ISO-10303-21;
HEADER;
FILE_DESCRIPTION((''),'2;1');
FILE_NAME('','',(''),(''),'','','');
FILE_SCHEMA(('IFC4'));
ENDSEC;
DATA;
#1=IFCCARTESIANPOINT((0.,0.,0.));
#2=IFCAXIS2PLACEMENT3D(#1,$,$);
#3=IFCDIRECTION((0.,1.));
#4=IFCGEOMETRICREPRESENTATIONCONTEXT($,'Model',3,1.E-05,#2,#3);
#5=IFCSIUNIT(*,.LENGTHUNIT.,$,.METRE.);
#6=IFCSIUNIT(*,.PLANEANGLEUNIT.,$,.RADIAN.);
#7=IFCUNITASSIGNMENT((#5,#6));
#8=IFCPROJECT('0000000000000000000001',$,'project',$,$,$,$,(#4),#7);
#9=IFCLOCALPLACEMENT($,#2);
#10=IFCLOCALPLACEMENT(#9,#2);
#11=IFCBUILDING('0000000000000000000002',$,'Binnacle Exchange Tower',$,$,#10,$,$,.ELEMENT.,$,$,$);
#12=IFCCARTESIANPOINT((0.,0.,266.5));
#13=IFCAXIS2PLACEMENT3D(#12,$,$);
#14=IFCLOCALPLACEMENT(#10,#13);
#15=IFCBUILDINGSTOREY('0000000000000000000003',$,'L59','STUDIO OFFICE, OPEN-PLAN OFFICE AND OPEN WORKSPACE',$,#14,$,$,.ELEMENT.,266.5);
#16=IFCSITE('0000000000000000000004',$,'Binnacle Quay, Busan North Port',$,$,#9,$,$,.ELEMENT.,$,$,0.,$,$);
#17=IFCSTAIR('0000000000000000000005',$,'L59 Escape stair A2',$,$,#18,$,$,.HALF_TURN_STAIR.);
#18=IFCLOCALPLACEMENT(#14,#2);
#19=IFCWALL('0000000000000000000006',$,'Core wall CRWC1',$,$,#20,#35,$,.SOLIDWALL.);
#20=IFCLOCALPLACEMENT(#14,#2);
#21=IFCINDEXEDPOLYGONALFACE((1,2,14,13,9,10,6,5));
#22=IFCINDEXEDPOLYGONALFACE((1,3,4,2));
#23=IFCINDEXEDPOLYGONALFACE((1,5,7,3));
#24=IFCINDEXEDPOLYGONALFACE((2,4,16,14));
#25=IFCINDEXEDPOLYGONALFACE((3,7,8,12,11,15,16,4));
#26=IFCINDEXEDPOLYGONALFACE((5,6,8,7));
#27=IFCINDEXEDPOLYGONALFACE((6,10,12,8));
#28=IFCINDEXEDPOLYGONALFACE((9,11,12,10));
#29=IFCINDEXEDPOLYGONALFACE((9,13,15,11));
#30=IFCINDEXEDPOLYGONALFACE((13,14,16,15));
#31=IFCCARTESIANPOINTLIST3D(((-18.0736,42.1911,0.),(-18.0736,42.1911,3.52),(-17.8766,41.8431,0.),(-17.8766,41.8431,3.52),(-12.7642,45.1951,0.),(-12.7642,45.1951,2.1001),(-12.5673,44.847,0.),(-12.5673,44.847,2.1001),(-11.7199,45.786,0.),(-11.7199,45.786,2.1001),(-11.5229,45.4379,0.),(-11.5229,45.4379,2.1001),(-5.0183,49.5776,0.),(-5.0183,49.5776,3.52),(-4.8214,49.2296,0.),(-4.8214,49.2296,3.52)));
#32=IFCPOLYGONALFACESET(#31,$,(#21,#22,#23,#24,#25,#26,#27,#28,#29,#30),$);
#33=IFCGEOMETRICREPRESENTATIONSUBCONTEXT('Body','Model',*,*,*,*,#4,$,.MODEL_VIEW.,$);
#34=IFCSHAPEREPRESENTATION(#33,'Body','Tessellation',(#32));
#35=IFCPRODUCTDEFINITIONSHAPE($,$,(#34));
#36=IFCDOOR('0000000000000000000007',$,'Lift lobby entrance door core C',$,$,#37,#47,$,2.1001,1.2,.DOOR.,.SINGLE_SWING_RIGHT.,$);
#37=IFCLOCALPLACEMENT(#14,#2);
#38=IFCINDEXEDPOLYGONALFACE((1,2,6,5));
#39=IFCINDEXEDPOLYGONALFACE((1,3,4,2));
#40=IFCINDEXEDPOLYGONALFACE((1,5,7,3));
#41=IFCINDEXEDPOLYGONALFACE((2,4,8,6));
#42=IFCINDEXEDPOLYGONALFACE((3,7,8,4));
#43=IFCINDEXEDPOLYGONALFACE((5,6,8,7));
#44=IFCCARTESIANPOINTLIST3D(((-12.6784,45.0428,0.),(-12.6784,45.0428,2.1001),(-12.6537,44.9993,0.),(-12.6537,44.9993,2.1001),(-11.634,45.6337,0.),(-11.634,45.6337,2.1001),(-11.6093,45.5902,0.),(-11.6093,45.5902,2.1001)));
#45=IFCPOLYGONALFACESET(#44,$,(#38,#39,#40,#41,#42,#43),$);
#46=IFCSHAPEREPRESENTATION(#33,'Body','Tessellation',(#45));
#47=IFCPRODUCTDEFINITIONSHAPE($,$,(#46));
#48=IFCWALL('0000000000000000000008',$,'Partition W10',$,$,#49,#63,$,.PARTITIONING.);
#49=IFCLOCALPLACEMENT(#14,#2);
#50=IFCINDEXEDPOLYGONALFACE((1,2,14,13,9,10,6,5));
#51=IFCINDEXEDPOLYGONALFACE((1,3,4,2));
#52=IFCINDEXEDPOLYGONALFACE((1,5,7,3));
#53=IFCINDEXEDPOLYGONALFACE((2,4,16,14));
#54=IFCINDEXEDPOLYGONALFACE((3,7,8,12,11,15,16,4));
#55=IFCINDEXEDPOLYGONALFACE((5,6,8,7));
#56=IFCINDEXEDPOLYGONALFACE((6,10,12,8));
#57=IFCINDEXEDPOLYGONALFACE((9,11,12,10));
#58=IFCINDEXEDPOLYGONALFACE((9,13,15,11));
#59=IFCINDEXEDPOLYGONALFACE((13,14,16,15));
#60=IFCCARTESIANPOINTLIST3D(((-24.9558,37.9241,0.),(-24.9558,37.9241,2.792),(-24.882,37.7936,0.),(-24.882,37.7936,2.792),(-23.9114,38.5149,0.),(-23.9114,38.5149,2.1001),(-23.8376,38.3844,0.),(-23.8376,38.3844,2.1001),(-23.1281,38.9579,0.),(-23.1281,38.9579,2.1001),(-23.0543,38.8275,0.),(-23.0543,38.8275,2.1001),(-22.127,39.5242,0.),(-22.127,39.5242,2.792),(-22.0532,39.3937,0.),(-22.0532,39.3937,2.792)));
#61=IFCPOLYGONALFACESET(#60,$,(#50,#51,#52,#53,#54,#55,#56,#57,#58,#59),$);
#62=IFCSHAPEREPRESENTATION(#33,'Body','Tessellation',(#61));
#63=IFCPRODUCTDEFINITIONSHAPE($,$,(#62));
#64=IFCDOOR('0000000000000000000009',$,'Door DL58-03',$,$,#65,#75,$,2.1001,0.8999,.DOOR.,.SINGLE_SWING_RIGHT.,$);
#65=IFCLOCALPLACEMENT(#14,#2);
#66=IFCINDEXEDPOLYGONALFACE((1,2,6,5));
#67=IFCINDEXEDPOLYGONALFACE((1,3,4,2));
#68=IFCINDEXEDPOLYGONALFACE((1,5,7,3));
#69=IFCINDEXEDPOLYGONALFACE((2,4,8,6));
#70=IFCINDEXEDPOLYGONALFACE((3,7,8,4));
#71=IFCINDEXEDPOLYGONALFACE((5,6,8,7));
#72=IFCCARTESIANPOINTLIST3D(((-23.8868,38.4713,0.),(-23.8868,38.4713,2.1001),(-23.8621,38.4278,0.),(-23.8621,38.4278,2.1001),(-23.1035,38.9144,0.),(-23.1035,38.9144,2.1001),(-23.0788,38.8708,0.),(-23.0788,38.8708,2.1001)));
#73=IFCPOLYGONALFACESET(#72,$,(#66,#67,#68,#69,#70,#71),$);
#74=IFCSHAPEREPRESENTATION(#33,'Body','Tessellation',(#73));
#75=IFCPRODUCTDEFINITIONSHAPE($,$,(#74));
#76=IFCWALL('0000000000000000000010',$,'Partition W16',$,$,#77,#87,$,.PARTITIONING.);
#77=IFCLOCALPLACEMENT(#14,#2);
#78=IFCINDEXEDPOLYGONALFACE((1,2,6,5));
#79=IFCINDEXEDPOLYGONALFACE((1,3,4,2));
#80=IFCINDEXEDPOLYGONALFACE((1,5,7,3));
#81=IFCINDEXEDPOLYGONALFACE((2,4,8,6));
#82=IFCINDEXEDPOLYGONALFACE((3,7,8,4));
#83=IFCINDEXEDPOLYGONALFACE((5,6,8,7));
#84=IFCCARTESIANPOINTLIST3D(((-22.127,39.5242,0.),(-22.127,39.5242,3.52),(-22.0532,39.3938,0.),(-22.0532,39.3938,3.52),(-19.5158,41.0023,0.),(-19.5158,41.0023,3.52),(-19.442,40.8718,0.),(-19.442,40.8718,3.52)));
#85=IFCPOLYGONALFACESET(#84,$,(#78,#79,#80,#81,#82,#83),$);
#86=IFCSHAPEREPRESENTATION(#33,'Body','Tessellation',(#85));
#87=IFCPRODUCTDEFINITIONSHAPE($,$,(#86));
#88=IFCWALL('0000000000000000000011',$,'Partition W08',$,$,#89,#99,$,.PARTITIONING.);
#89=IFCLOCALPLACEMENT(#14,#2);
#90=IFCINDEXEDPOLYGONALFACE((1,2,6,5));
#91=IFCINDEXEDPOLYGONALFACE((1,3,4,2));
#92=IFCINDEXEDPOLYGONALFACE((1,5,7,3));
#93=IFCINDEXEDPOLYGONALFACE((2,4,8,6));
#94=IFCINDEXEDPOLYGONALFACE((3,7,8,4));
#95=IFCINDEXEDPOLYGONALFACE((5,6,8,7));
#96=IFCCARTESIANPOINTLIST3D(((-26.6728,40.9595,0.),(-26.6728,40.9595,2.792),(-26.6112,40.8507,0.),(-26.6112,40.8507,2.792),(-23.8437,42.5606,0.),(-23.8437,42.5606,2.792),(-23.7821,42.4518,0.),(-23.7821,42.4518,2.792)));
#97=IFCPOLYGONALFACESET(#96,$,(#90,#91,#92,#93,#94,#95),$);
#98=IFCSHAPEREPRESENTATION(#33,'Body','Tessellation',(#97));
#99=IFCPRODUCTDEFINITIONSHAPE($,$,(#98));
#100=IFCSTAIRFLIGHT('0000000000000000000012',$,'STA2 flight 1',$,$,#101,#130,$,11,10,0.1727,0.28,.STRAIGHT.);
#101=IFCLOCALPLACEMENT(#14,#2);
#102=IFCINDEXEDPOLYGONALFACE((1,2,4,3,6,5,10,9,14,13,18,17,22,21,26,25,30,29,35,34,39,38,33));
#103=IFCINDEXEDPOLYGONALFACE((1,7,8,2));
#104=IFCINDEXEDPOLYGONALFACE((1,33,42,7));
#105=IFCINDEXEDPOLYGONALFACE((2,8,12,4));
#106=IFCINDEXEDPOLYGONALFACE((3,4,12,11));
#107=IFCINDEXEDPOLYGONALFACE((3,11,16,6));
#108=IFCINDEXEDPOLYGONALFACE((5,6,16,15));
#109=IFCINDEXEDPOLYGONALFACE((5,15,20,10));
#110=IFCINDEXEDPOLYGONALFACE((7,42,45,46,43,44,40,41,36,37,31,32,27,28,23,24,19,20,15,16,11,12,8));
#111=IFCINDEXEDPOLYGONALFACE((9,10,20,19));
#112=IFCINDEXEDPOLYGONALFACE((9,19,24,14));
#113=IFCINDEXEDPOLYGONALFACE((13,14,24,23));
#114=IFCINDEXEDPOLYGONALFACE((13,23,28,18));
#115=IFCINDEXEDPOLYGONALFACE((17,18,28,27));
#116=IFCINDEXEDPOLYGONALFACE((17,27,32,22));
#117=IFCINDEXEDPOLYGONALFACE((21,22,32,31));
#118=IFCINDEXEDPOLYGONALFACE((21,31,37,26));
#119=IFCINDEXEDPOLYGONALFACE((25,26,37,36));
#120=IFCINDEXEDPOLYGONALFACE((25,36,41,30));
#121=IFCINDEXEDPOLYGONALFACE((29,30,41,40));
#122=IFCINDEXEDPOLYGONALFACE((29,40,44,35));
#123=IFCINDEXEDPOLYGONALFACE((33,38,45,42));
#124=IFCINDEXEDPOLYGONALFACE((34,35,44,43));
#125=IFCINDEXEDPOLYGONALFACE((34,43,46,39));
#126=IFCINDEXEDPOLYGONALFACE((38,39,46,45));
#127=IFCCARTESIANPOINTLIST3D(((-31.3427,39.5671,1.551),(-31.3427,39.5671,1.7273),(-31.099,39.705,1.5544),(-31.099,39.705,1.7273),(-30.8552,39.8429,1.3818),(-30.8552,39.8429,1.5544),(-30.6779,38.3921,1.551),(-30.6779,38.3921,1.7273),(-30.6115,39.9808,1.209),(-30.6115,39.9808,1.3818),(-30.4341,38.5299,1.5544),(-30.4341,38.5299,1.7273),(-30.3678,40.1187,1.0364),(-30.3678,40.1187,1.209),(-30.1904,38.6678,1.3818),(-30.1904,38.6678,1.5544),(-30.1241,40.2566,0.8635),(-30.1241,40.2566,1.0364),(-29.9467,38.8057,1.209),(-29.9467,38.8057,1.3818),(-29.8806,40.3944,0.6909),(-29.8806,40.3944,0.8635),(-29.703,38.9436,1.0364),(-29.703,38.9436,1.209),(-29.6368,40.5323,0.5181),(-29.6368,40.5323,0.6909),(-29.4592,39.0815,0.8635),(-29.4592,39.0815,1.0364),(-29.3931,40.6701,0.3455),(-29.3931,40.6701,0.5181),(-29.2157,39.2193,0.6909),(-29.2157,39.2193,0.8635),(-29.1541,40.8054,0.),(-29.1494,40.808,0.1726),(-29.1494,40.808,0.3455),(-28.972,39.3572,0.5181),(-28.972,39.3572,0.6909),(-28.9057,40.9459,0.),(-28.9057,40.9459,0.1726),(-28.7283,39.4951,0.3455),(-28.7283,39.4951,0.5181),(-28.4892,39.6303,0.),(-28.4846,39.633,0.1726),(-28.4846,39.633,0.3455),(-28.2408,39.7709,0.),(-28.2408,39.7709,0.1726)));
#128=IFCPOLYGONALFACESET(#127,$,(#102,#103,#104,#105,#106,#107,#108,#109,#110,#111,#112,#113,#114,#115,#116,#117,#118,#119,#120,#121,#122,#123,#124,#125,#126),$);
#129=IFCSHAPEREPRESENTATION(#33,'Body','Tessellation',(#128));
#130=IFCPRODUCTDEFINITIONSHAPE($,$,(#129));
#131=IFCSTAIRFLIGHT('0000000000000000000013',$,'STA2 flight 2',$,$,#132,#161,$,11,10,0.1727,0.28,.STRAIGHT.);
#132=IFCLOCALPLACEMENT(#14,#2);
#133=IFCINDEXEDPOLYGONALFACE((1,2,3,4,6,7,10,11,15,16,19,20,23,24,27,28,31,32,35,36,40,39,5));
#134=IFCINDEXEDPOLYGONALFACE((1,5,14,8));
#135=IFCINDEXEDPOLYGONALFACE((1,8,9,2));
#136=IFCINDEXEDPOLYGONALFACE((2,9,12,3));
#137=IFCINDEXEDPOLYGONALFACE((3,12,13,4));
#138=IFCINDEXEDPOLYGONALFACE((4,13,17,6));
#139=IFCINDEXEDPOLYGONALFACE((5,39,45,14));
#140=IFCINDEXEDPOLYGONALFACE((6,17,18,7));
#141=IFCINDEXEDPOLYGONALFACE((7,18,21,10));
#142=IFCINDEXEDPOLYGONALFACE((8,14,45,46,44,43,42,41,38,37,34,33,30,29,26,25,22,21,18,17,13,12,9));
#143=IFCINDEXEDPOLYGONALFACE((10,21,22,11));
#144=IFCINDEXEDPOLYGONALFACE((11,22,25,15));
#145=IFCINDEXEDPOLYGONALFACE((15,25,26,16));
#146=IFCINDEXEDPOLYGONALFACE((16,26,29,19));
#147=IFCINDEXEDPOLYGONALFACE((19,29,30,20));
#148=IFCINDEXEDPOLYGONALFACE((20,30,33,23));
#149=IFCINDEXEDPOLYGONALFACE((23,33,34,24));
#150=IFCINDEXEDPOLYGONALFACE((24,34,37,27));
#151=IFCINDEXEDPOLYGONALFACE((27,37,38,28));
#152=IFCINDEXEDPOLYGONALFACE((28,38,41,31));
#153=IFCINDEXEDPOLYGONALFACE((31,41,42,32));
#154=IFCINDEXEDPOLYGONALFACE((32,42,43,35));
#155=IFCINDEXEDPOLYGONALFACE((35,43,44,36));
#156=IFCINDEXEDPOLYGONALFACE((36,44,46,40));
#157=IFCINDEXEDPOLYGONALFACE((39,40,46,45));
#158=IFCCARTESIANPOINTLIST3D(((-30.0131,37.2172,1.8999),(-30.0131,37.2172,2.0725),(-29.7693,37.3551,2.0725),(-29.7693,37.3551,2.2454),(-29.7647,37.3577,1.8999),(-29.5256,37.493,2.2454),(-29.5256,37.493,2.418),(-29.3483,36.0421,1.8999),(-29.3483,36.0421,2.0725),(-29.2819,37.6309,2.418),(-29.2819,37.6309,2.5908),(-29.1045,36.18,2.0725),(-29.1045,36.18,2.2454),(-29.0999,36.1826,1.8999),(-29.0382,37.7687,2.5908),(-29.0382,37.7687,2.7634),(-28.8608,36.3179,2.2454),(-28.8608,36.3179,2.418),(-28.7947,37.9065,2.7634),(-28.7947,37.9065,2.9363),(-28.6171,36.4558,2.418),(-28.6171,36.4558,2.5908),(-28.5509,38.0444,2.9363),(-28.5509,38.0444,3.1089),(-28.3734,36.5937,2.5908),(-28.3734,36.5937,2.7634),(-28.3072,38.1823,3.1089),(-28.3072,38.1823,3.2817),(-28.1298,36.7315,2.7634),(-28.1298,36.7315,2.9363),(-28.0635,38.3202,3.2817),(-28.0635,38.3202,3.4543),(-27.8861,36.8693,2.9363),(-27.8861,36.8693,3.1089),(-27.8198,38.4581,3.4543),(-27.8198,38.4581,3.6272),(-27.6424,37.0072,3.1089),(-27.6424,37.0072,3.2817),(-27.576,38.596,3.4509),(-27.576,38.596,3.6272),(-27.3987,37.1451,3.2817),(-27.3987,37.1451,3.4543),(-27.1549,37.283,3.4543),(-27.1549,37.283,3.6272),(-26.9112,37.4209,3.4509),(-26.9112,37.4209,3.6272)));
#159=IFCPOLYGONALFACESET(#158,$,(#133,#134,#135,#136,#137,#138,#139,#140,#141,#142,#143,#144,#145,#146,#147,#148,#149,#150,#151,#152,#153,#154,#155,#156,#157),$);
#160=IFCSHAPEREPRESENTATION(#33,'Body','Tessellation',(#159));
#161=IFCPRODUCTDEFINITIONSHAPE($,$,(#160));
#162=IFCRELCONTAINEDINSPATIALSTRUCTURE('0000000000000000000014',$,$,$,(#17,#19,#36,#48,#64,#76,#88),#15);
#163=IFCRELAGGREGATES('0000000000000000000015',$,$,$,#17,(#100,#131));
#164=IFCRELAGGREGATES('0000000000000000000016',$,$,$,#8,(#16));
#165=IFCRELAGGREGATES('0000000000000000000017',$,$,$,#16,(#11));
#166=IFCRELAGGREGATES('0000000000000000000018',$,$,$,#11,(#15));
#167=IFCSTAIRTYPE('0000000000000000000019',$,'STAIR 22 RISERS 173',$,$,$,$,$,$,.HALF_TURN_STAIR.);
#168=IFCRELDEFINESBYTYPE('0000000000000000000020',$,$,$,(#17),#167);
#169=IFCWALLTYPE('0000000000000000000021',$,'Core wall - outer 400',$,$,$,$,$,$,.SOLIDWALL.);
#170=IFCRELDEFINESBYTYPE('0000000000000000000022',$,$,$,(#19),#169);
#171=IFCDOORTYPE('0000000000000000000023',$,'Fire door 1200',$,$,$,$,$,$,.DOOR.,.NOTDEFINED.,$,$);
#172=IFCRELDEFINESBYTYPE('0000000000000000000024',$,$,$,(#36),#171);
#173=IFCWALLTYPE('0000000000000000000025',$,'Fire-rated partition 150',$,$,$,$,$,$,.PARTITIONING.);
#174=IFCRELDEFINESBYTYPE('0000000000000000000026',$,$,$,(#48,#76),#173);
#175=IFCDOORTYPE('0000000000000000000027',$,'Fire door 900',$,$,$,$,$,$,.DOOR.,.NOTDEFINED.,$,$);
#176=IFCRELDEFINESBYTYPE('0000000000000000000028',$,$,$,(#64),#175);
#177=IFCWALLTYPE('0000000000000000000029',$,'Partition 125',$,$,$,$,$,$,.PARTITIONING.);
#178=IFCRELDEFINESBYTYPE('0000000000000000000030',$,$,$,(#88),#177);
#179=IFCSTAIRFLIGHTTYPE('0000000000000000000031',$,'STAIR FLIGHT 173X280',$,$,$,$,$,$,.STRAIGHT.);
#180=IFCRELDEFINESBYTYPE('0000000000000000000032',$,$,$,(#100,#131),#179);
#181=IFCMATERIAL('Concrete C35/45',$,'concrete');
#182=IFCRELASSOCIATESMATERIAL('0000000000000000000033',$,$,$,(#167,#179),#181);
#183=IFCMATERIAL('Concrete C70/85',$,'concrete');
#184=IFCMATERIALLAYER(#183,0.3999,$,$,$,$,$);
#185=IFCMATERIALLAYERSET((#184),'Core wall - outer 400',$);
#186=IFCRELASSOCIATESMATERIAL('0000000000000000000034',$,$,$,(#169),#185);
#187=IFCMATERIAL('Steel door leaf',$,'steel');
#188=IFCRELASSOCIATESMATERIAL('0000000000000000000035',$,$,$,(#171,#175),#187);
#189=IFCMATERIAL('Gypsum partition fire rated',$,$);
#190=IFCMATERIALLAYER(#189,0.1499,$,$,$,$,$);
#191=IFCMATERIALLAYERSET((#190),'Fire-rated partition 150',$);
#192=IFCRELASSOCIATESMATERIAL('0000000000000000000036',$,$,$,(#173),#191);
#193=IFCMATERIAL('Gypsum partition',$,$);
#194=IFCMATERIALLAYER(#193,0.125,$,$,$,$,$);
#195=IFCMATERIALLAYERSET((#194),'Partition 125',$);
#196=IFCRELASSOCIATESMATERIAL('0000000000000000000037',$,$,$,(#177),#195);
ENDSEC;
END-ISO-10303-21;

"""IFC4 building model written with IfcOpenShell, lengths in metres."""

from ifc_helpers import new_model, si_unit, direction, frame, frame_2d, origin, place, context, subcontext, project, spatial, polyline, rectangle, outline, extrude, material, layer, layer_set, type_object, element, fill, aggregate, save


model = new_model("IFC4")

# Units and contexts
model_context = context("Model", 3, precision=1e-05, world=origin(), true_north=direction((0.0, 1.0)))
body_context = subcontext(model_context, "Body", "Model", "MODEL_VIEW")
ifc_project = project(units=[si_unit("LENGTHUNIT", "METRE"), si_unit("PLANEANGLEUNIT", "RADIAN")], contexts=[model_context])

# Site, building, storey
site_placement = place(None, origin())
site = spatial("IfcSite", under=ifc_project, at=site_placement, Name="Binnacle Quay, Busan North Port", CompositionType="ELEMENT", RefElevation=0.0)
building_placement = place(site_placement, origin())
building = spatial("IfcBuilding", under=site, at=building_placement, Name="Binnacle Exchange Tower", CompositionType="ELEMENT")
storey_placement = place(building_placement, frame((0.0, 0.0, 266.5)))
storey = spatial("IfcBuildingStorey", under=building, at=storey_placement, Name="L59", Description="STUDIO OFFICE, OPEN-PLAN OFFICE AND OPEN WORKSPACE", CompositionType="ELEMENT", Elevation=266.5)

# Shared definitions
ifc_material_1 = material(Name="Concrete C35/45", Category="concrete")

# Stair
stair_type = type_object("IfcStairType", Name="STAIR 22 RISERS 173", PredefinedType="HALF_TURN_STAIR", material=ifc_material_1)
stair_1_placement = place(storey_placement, origin())
stair_1 = element("IfcStair", 1, at=stair_1_placement, inside=storey, type_object=stair_type, Name="L59 Escape stair A2", PredefinedType="HALF_TURN_STAIR")

# Walls, openings, doors
ifc_material_2 = material(Name="Concrete C70/85", Category="concrete")
ifc_layer_1 = layer(ifc_material_2, 0.3999)
ifc_layer_set_1 = layer_set([ifc_layer_1], Name="Core wall - outer 400")
wall_type_1 = type_object("IfcWallType", Name="Core wall - outer 400", PredefinedType="SOLIDWALL", material=ifc_layer_set_1)
wall_1_placement = place(storey_placement, frame((-17.9751, 42.0171, 0.0), z_axis=(0.0, 0.0, 1.0), x_axis=(0.87035, 0.492434, 0.0)))
wall_1 = element("IfcWall", 2, at=wall_1_placement, inside=storey, type_object=wall_type_1, Name="Core wall CRWC1", PredefinedType="SOLIDWALL", context=body_context, shape_type="SweptSolid", body=[
    extrude(rectangle(XDim=15.0, YDim=0.3999, at=frame_2d((7.5, 0.0))), origin(), (0.0, 0.0, 1.0), 3.52),
])
opening_1_placement = place(wall_1_placement, frame((6.1001, 0.0, 0.0)))
opening_1 = element("IfcOpeningElement", 3, at=opening_1_placement, cuts=wall_1, PredefinedType="OPENING", context=body_context, shape_type="SweptSolid", body=[
    extrude(rectangle(XDim=1.2, YDim=2.1001, at=frame_2d((0.6001, 1.05))), frame((0.0, 0.21, 0.0), z_axis=(0.0, -1.0, 0.0), x_axis=(1.0, 0.0, 0.0)), (0.0, 0.0, 1.0), 0.4199),
])
ifc_material_3 = material(Name="Steel door leaf", Category="steel")
door_type_1 = type_object("IfcDoorType", Name="Fire door 1200", OperationType="NOTDEFINED", PredefinedType="DOOR", material=ifc_material_3)
door_1_placement = place(opening_1_placement, frame((1.2, 0.0, 0.0), z_axis=(0.0, 0.0, 1.0), x_axis=(-1.0, 0.0, 0.0)))
door_1 = element("IfcDoor", 4, at=door_1_placement, inside=storey, type_object=door_type_1, Name="Lift lobby entrance door core C", OperationType="SINGLE_SWING_RIGHT", OverallHeight=2.1001, OverallWidth=1.2, PredefinedType="DOOR", context=body_context, shape_type="SweptSolid", body=[
    extrude(rectangle(XDim=1.2, YDim=2.1001, at=frame_2d((0.6001, 1.05))), frame((0.0, 0.0249, 0.0), z_axis=(0.0, -1.0, 0.0), x_axis=(1.0, 0.0, 0.0)), (0.0, 0.0, 1.0), 0.05),
])
fill(opening_1, door_1)
ifc_material_4 = material(Name="Gypsum partition fire rated")
ifc_layer_2 = layer(ifc_material_4, 0.1499)
ifc_layer_set_2 = layer_set([ifc_layer_2], Name="Fire-rated partition 150")
wall_type_2 = type_object("IfcWallType", Name="Fire-rated partition 150", PredefinedType="PARTITIONING", material=ifc_layer_set_2)
wall_2_placement = place(storey_placement, frame((-24.9189, 37.8589, 0.0), z_axis=(0.0, 0.0, 1.0), x_axis=(0.870407, 0.492332, 0.0)))
wall_2 = element("IfcWall", 5, at=wall_2_placement, inside=storey, type_object=wall_type_2, Name="Partition W10", PredefinedType="PARTITIONING", context=body_context, shape_type="SweptSolid", body=[
    extrude(rectangle(XDim=3.25, YDim=0.1499, at=frame_2d((1.625, 0.0))), origin(), (0.0, 0.0, 1.0), 2.792),
])
opening_2_placement = place(wall_2_placement, frame((1.2, 0.0, 0.0)))
opening_2 = element("IfcOpeningElement", 6, at=opening_2_placement, cuts=wall_2, PredefinedType="OPENING", context=body_context, shape_type="SweptSolid", body=[
    extrude(rectangle(XDim=0.8999, YDim=2.1001, at=frame_2d((0.45, 1.05))), frame((0.0, 0.085, 0.0), z_axis=(0.0, -1.0, 0.0), x_axis=(1.0, 0.0, 0.0)), (0.0, 0.0, 1.0), 0.1699),
])
door_type_2 = type_object("IfcDoorType", Name="Fire door 900", OperationType="NOTDEFINED", PredefinedType="DOOR", material=ifc_material_3)
door_2_placement = place(opening_2_placement, origin())
door_2 = element("IfcDoor", 7, at=door_2_placement, inside=storey, type_object=door_type_2, Name="Door DL58-03", OperationType="SINGLE_SWING_RIGHT", OverallHeight=2.1001, OverallWidth=0.8999, PredefinedType="DOOR", context=body_context, shape_type="SweptSolid", body=[
    extrude(rectangle(XDim=0.8999, YDim=2.1001, at=frame_2d((0.45, 1.05))), frame((0.0, 0.0249, 0.0), z_axis=(0.0, -1.0, 0.0), x_axis=(1.0, 0.0, 0.0)), (0.0, 0.0, 1.0), 0.05),
])
fill(opening_2, door_2)

# Walls
wall_3_placement = place(storey_placement, frame((-22.0901, 39.459, 0.0), z_axis=(0.0, 0.0, 1.0), x_axis=(0.870249, 0.492612, 0.0)))
element("IfcWall", 8, at=wall_3_placement, inside=storey, type_object=wall_type_2, Name="Partition W16", PredefinedType="PARTITIONING", context=body_context, shape_type="SweptSolid", body=[
    extrude(rectangle(XDim=3.0005, YDim=0.1499, at=frame_2d((1.5002, 0.0))), origin(), (0.0, 0.0, 1.0), 3.52),
])
ifc_material_5 = material(Name="Gypsum partition")
ifc_layer_3 = layer(ifc_material_5, 0.125)
ifc_layer_set_3 = layer_set([ifc_layer_3], Name="Partition 125")
wall_type_3 = type_object("IfcWallType", Name="Partition 125", PredefinedType="PARTITIONING", material=ifc_layer_set_3)
wall_4_placement = place(storey_placement, frame((-26.6421, 40.905, 0.0), z_axis=(0.0, 0.0, 1.0), x_axis=(0.870297, 0.492527, 0.0)))
element("IfcWall", 9, at=wall_4_placement, inside=storey, type_object=wall_type_3, Name="Partition W08", PredefinedType="PARTITIONING", context=body_context, shape_type="SweptSolid", body=[
    extrude(rectangle(XDim=3.2507, YDim=0.125, at=frame_2d((1.6255, 0.0))), origin(), (0.0, 0.0, 1.0), 2.792),
])

# Stair flights
stair_flight_type = type_object("IfcStairFlightType", Name="STAIR FLIGHT 173X280", PredefinedType="STRAIGHT", material=ifc_material_1)
stair_flight_1_placement = place(storey_placement, frame((-28.5732, 40.3584, 0.0), z_axis=(0.0, 0.0, 1.0), x_axis=(-0.870356, -0.492424, 0.0)))
stair_flight_1 = element("IfcStairFlight", 10, at=stair_flight_1_placement, type_object=stair_flight_type, Name="STA2 flight 1", NumberOfRisers=11, NumberOfTreads=10, PredefinedType="STRAIGHT", RiserHeight=0.1727, TreadLength=0.28, context=body_context, shape_type="SweptSolid", body=[
    extrude(outline(polyline([(0.0, 0.0), (0.0, 0.1726), (0.28, 0.1726), (0.28, 0.3455), (0.5601, 0.3455), (0.5601, 0.5181), (0.8401, 0.5181), (0.8401, 0.6909), (1.1201, 0.6909), (1.1201, 0.8635), (1.3999, 0.8635), (1.3999, 1.0364), (1.6799, 1.0364), (1.6799, 1.209), (1.96, 1.209), (1.96, 1.3818), (2.24, 1.3818), (2.24, 1.5544), (2.52, 1.5544), (2.52, 1.7273), (2.8, 1.7273), (2.8, 1.8999), (2.8, 1.551), (0.2854, 0.0), (0.0, 0.0)])), frame((0.0, 0.675, 0.0), z_axis=(0.0, -1.0, 0.0), x_axis=(1.0, 0.0, 0.0)), (0.0, 0.0, 1.0), 1.3501),
])
stair_flight_2_placement = place(storey_placement, frame((-29.6807, 36.6296, 1.8999), z_axis=(0.0, 0.0, 1.0), x_axis=(0.870356, 0.492424, 0.0)))
stair_flight_2 = element("IfcStairFlight", 11, at=stair_flight_2_placement, type_object=stair_flight_type, Name="STA2 flight 2", NumberOfRisers=11, NumberOfTreads=10, PredefinedType="STRAIGHT", RiserHeight=0.1727, TreadLength=0.28, context=body_context, shape_type="SweptSolid", body=[
    extrude(outline(polyline([(0.0, 0.0), (0.0, 0.1726), (0.28, 0.1726), (0.28, 0.3455), (0.5601, 0.3455), (0.5601, 0.5181), (0.8401, 0.5181), (0.8401, 0.6909), (1.1201, 0.6909), (1.1201, 0.8635), (1.3999, 0.8635), (1.3999, 1.0364), (1.6799, 1.0364), (1.6799, 1.209), (1.96, 1.209), (1.96, 1.3818), (2.24, 1.3818), (2.24, 1.5544), (2.52, 1.5544), (2.52, 1.7273), (2.8, 1.7273), (2.8, 1.8999), (2.8, 1.551), (0.2854, 0.0), (0.0, 0.0)])), frame((0.0, 0.675, 0.0), z_axis=(0.0, -1.0, 0.0), x_axis=(1.0, 0.0, 0.0)), (0.0, 0.0, 1.0), 1.3501),
])
aggregate(stair_1, [stair_flight_1, stair_flight_2])

save(model, "model.ifc")
